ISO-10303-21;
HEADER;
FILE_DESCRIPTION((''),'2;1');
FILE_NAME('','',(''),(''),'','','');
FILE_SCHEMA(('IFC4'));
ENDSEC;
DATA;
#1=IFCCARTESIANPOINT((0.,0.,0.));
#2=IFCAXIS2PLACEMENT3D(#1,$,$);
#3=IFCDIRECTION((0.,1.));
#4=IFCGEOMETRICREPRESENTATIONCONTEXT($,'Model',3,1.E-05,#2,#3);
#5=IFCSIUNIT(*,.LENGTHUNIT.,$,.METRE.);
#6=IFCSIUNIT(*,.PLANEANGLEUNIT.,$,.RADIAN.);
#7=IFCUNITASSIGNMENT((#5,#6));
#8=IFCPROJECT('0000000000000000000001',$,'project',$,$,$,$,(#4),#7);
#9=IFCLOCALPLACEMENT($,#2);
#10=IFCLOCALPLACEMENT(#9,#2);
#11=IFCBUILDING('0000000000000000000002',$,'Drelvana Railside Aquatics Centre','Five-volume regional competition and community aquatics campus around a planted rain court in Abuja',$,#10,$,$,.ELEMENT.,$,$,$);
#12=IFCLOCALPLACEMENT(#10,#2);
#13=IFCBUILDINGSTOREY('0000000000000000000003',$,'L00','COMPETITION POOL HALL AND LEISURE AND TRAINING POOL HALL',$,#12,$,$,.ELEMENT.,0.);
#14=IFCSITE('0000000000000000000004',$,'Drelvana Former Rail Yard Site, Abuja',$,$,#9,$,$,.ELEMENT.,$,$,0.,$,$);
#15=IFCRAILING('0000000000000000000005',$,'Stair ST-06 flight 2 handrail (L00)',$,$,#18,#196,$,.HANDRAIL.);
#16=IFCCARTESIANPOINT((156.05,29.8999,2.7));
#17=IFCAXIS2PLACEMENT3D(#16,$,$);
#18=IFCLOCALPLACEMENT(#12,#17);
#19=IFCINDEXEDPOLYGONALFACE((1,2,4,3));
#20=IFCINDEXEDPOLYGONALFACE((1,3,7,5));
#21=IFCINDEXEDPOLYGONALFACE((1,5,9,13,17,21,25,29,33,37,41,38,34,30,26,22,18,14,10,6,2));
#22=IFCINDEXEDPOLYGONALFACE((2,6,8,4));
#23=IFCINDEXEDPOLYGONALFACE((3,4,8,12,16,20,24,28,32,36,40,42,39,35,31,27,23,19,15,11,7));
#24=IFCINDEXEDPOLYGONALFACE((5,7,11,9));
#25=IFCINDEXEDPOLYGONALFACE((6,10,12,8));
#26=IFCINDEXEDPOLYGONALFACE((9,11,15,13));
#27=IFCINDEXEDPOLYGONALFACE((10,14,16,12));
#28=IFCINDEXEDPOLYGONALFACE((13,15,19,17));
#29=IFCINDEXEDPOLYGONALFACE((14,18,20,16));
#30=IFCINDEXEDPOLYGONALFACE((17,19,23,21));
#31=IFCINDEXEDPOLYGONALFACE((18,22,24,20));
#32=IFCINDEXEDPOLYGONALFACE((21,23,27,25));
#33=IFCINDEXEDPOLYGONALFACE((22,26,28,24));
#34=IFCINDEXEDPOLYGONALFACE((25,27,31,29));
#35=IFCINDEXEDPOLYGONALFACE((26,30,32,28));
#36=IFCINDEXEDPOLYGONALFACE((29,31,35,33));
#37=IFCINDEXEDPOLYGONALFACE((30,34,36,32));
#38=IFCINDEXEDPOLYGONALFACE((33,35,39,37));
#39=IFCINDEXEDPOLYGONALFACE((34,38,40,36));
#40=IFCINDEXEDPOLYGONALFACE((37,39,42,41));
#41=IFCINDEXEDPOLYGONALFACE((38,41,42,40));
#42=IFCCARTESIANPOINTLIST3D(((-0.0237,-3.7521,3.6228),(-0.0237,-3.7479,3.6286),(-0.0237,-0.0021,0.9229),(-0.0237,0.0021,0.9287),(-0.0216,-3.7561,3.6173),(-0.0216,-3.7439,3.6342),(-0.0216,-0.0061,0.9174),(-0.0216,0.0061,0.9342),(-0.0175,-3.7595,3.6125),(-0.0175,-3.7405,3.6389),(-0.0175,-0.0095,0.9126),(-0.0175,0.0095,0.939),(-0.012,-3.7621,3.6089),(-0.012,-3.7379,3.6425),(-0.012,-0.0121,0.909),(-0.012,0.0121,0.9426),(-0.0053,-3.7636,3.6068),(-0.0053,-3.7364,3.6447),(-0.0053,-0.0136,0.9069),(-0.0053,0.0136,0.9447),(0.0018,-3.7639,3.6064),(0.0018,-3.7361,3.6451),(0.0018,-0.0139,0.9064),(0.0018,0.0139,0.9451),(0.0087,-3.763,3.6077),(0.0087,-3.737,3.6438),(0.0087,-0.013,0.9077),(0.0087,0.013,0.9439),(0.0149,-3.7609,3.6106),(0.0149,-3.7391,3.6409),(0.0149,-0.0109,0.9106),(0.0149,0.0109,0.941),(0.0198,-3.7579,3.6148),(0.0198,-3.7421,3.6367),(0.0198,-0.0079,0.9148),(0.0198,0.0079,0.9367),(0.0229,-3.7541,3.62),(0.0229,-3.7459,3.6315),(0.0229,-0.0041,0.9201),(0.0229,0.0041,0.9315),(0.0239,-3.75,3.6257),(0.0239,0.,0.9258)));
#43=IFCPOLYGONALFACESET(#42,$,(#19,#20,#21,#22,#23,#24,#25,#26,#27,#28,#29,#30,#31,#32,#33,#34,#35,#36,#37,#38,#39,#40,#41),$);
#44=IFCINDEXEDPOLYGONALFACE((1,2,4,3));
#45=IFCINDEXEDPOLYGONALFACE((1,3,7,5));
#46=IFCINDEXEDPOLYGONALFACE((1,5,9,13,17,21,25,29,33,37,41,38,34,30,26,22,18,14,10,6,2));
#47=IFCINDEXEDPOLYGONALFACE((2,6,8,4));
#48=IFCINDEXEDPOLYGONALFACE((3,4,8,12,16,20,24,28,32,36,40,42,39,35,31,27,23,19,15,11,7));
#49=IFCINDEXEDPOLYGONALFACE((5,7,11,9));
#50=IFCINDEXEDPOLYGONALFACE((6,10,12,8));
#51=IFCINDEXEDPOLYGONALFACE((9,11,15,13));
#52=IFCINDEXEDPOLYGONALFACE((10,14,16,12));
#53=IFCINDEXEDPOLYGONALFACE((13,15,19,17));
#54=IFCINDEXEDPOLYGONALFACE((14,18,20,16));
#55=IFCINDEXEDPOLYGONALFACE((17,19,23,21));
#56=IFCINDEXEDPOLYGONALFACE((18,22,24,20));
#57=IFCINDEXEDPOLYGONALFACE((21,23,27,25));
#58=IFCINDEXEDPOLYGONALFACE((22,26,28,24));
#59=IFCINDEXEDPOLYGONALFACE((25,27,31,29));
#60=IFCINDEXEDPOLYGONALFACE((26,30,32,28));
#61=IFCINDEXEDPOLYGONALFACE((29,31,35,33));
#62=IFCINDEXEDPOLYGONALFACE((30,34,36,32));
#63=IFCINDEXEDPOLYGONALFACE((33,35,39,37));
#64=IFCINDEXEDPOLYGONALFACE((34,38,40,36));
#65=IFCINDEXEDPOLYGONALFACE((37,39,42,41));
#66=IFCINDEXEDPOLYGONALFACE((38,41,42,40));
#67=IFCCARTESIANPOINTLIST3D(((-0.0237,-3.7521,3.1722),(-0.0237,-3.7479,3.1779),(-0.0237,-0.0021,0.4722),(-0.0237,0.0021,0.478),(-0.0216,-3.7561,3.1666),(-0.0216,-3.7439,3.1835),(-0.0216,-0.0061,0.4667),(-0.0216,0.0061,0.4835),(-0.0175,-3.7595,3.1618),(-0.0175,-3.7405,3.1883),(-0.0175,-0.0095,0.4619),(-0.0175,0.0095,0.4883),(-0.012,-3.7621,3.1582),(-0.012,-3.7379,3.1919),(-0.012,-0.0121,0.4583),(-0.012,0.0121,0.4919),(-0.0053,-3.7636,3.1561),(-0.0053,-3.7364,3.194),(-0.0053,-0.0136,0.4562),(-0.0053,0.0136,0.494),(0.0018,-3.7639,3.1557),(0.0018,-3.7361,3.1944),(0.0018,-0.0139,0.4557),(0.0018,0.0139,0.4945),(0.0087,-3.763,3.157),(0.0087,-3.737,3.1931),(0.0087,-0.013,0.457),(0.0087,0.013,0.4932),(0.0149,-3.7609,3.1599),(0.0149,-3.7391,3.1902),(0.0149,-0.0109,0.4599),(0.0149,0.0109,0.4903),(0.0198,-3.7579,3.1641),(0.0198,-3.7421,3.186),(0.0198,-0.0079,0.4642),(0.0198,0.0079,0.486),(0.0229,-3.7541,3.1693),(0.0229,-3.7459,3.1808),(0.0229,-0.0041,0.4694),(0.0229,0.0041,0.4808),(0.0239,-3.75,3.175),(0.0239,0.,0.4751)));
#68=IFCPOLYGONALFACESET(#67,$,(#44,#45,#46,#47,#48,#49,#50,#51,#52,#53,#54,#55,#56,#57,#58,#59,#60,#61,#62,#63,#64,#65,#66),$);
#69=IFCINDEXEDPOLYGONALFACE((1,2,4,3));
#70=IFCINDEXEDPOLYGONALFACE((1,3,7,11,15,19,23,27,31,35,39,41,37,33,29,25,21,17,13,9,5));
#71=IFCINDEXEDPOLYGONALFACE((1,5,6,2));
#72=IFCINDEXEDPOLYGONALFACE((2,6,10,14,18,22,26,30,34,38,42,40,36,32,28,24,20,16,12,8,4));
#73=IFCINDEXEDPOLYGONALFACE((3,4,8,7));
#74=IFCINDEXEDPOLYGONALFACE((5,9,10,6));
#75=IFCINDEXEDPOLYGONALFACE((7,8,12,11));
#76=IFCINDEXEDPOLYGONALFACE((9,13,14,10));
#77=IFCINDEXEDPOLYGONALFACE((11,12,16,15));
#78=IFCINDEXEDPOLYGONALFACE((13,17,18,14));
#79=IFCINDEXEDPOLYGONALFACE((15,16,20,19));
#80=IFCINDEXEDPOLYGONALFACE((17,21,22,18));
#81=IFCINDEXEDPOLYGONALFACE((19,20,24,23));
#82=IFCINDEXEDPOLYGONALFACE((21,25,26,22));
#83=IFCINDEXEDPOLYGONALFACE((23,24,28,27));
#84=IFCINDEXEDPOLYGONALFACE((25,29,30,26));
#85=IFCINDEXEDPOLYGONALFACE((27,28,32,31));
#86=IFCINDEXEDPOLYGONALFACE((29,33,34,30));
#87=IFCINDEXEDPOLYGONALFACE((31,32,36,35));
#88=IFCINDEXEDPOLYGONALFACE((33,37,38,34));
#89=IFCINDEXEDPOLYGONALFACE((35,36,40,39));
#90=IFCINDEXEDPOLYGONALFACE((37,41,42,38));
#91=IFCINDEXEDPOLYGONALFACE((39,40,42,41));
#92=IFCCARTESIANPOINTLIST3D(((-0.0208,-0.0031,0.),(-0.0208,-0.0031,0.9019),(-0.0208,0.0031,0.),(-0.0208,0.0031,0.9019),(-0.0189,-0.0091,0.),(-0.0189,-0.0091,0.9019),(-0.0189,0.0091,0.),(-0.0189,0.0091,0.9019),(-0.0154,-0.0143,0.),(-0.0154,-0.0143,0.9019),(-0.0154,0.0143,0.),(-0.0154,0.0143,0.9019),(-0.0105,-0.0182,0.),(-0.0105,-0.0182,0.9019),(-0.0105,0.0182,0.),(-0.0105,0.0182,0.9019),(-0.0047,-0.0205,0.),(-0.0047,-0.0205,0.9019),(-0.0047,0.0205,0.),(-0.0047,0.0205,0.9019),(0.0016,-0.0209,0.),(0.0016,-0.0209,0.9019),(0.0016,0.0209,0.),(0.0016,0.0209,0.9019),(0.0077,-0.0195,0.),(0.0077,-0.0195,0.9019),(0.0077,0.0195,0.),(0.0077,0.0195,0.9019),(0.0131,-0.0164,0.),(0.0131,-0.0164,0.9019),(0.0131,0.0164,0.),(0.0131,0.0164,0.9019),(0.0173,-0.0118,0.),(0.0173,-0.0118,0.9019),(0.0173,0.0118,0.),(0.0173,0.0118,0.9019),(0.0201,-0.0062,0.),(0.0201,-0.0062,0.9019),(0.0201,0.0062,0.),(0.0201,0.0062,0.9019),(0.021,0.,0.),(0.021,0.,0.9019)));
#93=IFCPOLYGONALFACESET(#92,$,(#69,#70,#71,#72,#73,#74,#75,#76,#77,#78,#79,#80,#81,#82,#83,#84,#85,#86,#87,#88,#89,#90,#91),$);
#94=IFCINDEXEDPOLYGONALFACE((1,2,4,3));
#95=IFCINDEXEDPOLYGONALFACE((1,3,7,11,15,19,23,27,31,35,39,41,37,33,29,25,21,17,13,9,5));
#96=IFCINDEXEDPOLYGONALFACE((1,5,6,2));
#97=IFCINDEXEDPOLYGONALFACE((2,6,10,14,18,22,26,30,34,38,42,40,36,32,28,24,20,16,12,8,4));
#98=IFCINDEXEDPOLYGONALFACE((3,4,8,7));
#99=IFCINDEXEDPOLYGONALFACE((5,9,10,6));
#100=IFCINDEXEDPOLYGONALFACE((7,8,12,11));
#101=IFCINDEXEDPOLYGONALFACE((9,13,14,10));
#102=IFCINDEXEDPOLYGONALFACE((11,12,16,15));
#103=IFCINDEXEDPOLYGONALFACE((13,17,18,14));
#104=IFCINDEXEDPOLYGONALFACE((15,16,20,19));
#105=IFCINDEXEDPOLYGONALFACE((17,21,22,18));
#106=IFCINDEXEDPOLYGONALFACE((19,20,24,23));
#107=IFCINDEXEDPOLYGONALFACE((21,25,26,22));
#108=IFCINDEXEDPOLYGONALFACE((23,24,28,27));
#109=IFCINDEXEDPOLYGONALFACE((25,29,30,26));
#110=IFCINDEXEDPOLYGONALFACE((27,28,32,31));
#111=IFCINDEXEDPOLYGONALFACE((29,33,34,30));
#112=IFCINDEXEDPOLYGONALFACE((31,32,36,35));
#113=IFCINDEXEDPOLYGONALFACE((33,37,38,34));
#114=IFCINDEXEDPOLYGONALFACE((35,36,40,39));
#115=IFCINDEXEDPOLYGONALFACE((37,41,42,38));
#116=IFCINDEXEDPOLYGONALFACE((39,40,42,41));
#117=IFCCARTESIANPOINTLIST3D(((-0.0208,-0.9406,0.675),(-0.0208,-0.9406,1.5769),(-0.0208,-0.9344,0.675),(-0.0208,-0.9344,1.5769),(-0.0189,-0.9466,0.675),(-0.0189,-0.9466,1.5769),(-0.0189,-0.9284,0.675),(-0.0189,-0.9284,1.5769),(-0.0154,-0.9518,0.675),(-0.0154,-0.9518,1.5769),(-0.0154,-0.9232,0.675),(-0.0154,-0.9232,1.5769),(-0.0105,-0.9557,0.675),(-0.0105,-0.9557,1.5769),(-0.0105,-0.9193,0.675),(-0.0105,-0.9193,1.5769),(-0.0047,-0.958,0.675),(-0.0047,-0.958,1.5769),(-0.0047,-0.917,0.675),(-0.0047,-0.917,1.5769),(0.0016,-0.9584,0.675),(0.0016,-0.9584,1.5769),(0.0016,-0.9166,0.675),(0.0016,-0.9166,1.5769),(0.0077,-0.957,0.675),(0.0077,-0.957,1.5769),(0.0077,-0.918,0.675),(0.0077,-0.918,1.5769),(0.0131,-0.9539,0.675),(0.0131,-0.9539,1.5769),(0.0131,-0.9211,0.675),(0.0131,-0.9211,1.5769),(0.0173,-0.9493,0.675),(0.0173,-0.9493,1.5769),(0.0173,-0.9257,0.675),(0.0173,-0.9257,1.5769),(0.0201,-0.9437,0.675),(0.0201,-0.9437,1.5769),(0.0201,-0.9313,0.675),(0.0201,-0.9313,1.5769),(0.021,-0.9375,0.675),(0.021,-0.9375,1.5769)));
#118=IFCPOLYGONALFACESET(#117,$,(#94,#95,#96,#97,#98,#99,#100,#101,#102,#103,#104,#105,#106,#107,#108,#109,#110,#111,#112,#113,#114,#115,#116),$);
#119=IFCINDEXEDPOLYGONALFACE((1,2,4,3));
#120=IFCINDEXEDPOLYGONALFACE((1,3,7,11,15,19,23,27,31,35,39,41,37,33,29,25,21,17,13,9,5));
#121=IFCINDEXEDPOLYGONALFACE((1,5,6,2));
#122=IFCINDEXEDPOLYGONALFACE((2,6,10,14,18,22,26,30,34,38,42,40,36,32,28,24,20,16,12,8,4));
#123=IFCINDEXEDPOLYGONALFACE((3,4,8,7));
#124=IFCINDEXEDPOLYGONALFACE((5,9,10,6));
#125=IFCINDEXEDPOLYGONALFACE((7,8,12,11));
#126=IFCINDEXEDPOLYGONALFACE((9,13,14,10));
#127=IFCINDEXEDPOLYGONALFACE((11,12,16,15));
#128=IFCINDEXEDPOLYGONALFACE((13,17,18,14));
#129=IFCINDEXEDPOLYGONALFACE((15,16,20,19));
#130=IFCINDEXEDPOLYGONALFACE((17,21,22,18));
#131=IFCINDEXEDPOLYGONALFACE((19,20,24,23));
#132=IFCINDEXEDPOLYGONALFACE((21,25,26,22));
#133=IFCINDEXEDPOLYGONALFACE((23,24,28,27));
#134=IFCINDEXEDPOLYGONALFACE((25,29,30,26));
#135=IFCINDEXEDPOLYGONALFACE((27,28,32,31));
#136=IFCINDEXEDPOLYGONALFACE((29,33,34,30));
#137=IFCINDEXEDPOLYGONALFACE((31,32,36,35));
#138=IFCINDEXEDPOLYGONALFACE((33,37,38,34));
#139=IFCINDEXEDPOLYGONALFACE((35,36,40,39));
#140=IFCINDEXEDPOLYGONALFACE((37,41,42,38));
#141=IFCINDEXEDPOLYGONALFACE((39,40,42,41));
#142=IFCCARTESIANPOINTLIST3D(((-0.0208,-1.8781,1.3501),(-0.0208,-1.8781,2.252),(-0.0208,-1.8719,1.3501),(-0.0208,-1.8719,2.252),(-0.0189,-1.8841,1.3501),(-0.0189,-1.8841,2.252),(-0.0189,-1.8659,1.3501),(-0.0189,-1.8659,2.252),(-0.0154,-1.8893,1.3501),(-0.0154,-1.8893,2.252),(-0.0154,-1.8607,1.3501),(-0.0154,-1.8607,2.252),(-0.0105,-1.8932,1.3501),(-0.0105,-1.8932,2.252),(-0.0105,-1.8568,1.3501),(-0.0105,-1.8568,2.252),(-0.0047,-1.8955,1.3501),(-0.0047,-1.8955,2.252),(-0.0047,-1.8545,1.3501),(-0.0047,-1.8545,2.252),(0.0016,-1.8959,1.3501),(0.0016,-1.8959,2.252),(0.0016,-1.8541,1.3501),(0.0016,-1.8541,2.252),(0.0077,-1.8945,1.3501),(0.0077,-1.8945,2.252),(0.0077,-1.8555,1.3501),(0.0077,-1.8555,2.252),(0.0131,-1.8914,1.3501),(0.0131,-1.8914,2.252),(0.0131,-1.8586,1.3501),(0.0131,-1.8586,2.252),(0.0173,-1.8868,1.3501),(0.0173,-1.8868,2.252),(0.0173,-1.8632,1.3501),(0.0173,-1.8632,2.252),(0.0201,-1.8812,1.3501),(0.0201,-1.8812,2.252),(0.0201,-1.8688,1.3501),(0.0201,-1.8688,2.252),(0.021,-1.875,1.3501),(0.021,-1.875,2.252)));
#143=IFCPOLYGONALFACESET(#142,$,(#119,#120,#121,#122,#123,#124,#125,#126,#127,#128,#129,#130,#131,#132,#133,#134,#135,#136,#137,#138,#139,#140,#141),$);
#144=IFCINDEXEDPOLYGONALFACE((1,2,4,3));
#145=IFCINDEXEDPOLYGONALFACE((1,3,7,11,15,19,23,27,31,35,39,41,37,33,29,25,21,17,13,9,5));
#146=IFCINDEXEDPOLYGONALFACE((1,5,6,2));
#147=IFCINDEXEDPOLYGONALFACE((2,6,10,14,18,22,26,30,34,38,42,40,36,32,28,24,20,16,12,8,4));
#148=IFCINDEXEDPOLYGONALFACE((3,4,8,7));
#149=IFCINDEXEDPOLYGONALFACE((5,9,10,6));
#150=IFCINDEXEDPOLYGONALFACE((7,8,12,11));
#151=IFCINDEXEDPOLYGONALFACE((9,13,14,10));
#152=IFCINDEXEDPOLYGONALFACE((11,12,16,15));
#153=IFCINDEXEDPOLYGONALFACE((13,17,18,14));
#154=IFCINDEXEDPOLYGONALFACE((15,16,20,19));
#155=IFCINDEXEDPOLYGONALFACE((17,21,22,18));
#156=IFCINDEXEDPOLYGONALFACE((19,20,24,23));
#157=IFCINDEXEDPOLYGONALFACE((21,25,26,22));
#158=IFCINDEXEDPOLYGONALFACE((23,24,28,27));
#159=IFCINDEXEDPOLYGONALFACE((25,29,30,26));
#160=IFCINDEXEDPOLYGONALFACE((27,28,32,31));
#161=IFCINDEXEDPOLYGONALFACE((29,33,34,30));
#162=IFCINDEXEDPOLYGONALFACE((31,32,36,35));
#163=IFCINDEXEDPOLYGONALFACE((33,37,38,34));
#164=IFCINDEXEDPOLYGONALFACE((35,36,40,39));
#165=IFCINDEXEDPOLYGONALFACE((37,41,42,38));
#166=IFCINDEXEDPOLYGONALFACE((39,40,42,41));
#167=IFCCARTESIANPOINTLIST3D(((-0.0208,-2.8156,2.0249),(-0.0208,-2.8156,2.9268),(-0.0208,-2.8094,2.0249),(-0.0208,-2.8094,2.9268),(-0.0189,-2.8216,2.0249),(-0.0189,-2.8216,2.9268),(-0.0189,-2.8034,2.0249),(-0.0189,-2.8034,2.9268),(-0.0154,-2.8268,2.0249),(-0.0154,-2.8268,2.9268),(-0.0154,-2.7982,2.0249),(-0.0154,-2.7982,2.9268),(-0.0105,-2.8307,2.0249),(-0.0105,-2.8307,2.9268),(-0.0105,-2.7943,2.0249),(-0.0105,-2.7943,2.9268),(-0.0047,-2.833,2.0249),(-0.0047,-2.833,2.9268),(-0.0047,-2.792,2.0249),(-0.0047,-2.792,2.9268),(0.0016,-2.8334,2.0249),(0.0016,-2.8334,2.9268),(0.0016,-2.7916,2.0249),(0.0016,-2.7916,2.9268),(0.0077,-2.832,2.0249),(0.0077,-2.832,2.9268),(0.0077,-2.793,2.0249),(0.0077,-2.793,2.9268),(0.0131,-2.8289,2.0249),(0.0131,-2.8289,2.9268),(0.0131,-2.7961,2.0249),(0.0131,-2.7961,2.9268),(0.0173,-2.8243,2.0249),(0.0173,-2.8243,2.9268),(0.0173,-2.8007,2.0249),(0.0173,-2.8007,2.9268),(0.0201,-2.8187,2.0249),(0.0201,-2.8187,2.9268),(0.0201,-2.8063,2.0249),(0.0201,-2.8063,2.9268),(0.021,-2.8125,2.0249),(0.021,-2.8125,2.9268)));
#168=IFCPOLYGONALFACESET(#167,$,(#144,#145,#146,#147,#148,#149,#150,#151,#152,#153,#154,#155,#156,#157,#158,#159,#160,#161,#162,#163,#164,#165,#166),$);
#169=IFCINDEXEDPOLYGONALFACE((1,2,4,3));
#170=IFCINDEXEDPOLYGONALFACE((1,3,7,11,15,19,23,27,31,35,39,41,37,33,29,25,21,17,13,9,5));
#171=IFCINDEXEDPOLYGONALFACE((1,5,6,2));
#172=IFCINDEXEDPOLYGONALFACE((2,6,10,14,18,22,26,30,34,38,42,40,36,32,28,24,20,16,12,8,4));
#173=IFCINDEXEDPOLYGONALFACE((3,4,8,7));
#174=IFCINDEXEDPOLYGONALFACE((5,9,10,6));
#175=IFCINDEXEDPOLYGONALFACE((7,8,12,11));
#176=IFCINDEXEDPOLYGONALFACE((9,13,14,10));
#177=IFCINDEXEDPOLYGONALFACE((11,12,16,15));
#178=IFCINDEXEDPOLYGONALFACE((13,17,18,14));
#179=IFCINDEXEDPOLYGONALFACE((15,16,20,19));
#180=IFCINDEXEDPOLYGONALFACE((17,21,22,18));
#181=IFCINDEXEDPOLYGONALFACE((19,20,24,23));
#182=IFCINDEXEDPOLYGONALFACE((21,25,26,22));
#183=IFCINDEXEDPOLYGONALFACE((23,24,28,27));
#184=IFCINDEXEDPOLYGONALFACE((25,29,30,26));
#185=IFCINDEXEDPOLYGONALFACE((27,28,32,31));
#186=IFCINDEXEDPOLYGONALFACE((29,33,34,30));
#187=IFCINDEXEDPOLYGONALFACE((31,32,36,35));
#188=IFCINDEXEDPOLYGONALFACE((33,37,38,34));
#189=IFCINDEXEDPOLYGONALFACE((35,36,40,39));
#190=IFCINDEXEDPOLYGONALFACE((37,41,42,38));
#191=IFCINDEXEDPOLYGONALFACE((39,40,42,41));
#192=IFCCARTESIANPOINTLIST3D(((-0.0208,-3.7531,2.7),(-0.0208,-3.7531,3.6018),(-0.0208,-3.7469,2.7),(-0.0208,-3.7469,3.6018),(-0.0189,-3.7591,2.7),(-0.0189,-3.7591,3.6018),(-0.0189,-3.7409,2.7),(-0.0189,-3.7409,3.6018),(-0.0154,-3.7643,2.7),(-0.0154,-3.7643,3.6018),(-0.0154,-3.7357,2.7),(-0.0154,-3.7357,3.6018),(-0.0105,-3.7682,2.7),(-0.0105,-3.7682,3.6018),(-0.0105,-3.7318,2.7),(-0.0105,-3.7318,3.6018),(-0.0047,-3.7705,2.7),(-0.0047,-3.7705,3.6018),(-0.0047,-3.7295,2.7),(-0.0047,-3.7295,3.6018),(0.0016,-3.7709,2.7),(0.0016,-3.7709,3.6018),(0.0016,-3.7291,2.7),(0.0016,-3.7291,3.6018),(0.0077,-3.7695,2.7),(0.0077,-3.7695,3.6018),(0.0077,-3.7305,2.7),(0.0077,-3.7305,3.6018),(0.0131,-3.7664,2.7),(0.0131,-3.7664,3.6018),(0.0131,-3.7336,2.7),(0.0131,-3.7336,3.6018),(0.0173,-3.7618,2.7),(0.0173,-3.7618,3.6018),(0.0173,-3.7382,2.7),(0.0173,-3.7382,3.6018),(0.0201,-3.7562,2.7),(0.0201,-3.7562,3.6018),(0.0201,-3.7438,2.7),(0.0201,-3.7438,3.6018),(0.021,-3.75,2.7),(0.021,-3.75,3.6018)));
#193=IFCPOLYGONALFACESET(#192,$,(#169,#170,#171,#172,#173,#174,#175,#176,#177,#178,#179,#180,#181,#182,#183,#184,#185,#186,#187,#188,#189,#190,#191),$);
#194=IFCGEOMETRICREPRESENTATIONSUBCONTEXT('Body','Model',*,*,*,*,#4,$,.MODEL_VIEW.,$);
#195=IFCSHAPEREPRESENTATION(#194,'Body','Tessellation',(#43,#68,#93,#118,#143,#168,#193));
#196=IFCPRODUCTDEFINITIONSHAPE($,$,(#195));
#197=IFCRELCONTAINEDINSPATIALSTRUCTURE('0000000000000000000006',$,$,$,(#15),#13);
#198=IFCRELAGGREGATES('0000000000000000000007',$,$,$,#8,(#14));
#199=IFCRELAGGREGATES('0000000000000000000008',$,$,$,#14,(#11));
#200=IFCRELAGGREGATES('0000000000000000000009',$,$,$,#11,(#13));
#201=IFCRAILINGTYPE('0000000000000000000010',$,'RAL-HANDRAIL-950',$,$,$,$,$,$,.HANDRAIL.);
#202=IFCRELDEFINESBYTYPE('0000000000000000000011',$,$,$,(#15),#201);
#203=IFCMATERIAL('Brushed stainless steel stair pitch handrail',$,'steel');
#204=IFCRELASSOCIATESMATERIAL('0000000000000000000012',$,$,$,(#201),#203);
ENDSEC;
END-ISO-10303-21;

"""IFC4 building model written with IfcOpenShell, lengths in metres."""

from ifc_helpers import new_model, si_unit, direction, frame, origin, origin_2d, place, context, subcontext, project, spatial, circle, extrude, material, type_object, element, save


model = new_model("IFC4")

# Units and contexts
model_context = context("Model", 3, precision=1e-05, world=origin(), true_north=direction((0.0, 1.0)))
body_context = subcontext(model_context, "Body", "Model", "MODEL_VIEW")
ifc_project = project(units=[si_unit("LENGTHUNIT", "METRE"), si_unit("PLANEANGLEUNIT", "RADIAN")], contexts=[model_context])

# Site, building, storey
site_placement = place(None, origin())
site = spatial("IfcSite", under=ifc_project, at=site_placement, Name="Drelvana Former Rail Yard Site, Abuja", CompositionType="ELEMENT", RefElevation=0.0)
building_placement = place(site_placement, origin())
building = spatial("IfcBuilding", under=site, at=building_placement, Name="Drelvana Railside Aquatics Centre", Description="Five-volume regional competition and community aquatics campus around a planted rain court in Abuja", CompositionType="ELEMENT")
storey_placement = place(building_placement, origin())
storey = spatial("IfcBuildingStorey", under=building, at=storey_placement, Name="L00", Description="COMPETITION POOL HALL AND LEISURE AND TRAINING POOL HALL", CompositionType="ELEMENT", Elevation=0.0)

# Railing
ifc_material_1 = material(Name="Brushed stainless steel stair pitch handrail", Category="steel")
railing_type = type_object("IfcRailingType", Name="RAL-HANDRAIL-950", PredefinedType="HANDRAIL", material=ifc_material_1)
railing_1_placement = place(storey_placement, frame((156.05, 29.8999, 2.7)))
element("IfcRailing", 1, at=railing_1_placement, inside=storey, type_object=railing_type, Name="Stair ST-06 flight 2 handrail (L00)", PredefinedType="HANDRAIL", context=body_context, shape_type="SweptSolid", body=[
    extrude(circle(Radius=0.0239, at=origin_2d()), frame((0.0, 0.0, 0.9258), z_axis=(0.0, -0.811539, 0.584298), x_axis=(1.0, 0.0, 0.0)), (0.0, 0.0, 1.0), 4.6208),
    extrude(circle(Radius=0.0239, at=origin_2d()), frame((0.0, 0.0, 0.4751), z_axis=(0.0, -0.811539, 0.584298), x_axis=(1.0, 0.0, 0.0)), (0.0, 0.0, 1.0), 4.6208),
    extrude(circle(Radius=0.021, at=origin_2d()), origin(), (0.0, 0.0, 1.0), 0.9019),
    extrude(circle(Radius=0.021, at=origin_2d()), frame((0.0, -0.9375, 0.675)), (0.0, 0.0, 1.0), 0.9019),
    extrude(circle(Radius=0.021, at=origin_2d()), frame((0.0, -1.875, 1.3501)), (0.0, 0.0, 1.0), 0.9019),
    extrude(circle(Radius=0.021, at=origin_2d()), frame((0.0, -2.8125, 2.0249)), (0.0, 0.0, 1.0), 0.9019),
    extrude(circle(Radius=0.021, at=origin_2d()), frame((0.0, -3.75, 2.7)), (0.0, 0.0, 1.0), 0.9019),
])

save(model, "model.ifc")
